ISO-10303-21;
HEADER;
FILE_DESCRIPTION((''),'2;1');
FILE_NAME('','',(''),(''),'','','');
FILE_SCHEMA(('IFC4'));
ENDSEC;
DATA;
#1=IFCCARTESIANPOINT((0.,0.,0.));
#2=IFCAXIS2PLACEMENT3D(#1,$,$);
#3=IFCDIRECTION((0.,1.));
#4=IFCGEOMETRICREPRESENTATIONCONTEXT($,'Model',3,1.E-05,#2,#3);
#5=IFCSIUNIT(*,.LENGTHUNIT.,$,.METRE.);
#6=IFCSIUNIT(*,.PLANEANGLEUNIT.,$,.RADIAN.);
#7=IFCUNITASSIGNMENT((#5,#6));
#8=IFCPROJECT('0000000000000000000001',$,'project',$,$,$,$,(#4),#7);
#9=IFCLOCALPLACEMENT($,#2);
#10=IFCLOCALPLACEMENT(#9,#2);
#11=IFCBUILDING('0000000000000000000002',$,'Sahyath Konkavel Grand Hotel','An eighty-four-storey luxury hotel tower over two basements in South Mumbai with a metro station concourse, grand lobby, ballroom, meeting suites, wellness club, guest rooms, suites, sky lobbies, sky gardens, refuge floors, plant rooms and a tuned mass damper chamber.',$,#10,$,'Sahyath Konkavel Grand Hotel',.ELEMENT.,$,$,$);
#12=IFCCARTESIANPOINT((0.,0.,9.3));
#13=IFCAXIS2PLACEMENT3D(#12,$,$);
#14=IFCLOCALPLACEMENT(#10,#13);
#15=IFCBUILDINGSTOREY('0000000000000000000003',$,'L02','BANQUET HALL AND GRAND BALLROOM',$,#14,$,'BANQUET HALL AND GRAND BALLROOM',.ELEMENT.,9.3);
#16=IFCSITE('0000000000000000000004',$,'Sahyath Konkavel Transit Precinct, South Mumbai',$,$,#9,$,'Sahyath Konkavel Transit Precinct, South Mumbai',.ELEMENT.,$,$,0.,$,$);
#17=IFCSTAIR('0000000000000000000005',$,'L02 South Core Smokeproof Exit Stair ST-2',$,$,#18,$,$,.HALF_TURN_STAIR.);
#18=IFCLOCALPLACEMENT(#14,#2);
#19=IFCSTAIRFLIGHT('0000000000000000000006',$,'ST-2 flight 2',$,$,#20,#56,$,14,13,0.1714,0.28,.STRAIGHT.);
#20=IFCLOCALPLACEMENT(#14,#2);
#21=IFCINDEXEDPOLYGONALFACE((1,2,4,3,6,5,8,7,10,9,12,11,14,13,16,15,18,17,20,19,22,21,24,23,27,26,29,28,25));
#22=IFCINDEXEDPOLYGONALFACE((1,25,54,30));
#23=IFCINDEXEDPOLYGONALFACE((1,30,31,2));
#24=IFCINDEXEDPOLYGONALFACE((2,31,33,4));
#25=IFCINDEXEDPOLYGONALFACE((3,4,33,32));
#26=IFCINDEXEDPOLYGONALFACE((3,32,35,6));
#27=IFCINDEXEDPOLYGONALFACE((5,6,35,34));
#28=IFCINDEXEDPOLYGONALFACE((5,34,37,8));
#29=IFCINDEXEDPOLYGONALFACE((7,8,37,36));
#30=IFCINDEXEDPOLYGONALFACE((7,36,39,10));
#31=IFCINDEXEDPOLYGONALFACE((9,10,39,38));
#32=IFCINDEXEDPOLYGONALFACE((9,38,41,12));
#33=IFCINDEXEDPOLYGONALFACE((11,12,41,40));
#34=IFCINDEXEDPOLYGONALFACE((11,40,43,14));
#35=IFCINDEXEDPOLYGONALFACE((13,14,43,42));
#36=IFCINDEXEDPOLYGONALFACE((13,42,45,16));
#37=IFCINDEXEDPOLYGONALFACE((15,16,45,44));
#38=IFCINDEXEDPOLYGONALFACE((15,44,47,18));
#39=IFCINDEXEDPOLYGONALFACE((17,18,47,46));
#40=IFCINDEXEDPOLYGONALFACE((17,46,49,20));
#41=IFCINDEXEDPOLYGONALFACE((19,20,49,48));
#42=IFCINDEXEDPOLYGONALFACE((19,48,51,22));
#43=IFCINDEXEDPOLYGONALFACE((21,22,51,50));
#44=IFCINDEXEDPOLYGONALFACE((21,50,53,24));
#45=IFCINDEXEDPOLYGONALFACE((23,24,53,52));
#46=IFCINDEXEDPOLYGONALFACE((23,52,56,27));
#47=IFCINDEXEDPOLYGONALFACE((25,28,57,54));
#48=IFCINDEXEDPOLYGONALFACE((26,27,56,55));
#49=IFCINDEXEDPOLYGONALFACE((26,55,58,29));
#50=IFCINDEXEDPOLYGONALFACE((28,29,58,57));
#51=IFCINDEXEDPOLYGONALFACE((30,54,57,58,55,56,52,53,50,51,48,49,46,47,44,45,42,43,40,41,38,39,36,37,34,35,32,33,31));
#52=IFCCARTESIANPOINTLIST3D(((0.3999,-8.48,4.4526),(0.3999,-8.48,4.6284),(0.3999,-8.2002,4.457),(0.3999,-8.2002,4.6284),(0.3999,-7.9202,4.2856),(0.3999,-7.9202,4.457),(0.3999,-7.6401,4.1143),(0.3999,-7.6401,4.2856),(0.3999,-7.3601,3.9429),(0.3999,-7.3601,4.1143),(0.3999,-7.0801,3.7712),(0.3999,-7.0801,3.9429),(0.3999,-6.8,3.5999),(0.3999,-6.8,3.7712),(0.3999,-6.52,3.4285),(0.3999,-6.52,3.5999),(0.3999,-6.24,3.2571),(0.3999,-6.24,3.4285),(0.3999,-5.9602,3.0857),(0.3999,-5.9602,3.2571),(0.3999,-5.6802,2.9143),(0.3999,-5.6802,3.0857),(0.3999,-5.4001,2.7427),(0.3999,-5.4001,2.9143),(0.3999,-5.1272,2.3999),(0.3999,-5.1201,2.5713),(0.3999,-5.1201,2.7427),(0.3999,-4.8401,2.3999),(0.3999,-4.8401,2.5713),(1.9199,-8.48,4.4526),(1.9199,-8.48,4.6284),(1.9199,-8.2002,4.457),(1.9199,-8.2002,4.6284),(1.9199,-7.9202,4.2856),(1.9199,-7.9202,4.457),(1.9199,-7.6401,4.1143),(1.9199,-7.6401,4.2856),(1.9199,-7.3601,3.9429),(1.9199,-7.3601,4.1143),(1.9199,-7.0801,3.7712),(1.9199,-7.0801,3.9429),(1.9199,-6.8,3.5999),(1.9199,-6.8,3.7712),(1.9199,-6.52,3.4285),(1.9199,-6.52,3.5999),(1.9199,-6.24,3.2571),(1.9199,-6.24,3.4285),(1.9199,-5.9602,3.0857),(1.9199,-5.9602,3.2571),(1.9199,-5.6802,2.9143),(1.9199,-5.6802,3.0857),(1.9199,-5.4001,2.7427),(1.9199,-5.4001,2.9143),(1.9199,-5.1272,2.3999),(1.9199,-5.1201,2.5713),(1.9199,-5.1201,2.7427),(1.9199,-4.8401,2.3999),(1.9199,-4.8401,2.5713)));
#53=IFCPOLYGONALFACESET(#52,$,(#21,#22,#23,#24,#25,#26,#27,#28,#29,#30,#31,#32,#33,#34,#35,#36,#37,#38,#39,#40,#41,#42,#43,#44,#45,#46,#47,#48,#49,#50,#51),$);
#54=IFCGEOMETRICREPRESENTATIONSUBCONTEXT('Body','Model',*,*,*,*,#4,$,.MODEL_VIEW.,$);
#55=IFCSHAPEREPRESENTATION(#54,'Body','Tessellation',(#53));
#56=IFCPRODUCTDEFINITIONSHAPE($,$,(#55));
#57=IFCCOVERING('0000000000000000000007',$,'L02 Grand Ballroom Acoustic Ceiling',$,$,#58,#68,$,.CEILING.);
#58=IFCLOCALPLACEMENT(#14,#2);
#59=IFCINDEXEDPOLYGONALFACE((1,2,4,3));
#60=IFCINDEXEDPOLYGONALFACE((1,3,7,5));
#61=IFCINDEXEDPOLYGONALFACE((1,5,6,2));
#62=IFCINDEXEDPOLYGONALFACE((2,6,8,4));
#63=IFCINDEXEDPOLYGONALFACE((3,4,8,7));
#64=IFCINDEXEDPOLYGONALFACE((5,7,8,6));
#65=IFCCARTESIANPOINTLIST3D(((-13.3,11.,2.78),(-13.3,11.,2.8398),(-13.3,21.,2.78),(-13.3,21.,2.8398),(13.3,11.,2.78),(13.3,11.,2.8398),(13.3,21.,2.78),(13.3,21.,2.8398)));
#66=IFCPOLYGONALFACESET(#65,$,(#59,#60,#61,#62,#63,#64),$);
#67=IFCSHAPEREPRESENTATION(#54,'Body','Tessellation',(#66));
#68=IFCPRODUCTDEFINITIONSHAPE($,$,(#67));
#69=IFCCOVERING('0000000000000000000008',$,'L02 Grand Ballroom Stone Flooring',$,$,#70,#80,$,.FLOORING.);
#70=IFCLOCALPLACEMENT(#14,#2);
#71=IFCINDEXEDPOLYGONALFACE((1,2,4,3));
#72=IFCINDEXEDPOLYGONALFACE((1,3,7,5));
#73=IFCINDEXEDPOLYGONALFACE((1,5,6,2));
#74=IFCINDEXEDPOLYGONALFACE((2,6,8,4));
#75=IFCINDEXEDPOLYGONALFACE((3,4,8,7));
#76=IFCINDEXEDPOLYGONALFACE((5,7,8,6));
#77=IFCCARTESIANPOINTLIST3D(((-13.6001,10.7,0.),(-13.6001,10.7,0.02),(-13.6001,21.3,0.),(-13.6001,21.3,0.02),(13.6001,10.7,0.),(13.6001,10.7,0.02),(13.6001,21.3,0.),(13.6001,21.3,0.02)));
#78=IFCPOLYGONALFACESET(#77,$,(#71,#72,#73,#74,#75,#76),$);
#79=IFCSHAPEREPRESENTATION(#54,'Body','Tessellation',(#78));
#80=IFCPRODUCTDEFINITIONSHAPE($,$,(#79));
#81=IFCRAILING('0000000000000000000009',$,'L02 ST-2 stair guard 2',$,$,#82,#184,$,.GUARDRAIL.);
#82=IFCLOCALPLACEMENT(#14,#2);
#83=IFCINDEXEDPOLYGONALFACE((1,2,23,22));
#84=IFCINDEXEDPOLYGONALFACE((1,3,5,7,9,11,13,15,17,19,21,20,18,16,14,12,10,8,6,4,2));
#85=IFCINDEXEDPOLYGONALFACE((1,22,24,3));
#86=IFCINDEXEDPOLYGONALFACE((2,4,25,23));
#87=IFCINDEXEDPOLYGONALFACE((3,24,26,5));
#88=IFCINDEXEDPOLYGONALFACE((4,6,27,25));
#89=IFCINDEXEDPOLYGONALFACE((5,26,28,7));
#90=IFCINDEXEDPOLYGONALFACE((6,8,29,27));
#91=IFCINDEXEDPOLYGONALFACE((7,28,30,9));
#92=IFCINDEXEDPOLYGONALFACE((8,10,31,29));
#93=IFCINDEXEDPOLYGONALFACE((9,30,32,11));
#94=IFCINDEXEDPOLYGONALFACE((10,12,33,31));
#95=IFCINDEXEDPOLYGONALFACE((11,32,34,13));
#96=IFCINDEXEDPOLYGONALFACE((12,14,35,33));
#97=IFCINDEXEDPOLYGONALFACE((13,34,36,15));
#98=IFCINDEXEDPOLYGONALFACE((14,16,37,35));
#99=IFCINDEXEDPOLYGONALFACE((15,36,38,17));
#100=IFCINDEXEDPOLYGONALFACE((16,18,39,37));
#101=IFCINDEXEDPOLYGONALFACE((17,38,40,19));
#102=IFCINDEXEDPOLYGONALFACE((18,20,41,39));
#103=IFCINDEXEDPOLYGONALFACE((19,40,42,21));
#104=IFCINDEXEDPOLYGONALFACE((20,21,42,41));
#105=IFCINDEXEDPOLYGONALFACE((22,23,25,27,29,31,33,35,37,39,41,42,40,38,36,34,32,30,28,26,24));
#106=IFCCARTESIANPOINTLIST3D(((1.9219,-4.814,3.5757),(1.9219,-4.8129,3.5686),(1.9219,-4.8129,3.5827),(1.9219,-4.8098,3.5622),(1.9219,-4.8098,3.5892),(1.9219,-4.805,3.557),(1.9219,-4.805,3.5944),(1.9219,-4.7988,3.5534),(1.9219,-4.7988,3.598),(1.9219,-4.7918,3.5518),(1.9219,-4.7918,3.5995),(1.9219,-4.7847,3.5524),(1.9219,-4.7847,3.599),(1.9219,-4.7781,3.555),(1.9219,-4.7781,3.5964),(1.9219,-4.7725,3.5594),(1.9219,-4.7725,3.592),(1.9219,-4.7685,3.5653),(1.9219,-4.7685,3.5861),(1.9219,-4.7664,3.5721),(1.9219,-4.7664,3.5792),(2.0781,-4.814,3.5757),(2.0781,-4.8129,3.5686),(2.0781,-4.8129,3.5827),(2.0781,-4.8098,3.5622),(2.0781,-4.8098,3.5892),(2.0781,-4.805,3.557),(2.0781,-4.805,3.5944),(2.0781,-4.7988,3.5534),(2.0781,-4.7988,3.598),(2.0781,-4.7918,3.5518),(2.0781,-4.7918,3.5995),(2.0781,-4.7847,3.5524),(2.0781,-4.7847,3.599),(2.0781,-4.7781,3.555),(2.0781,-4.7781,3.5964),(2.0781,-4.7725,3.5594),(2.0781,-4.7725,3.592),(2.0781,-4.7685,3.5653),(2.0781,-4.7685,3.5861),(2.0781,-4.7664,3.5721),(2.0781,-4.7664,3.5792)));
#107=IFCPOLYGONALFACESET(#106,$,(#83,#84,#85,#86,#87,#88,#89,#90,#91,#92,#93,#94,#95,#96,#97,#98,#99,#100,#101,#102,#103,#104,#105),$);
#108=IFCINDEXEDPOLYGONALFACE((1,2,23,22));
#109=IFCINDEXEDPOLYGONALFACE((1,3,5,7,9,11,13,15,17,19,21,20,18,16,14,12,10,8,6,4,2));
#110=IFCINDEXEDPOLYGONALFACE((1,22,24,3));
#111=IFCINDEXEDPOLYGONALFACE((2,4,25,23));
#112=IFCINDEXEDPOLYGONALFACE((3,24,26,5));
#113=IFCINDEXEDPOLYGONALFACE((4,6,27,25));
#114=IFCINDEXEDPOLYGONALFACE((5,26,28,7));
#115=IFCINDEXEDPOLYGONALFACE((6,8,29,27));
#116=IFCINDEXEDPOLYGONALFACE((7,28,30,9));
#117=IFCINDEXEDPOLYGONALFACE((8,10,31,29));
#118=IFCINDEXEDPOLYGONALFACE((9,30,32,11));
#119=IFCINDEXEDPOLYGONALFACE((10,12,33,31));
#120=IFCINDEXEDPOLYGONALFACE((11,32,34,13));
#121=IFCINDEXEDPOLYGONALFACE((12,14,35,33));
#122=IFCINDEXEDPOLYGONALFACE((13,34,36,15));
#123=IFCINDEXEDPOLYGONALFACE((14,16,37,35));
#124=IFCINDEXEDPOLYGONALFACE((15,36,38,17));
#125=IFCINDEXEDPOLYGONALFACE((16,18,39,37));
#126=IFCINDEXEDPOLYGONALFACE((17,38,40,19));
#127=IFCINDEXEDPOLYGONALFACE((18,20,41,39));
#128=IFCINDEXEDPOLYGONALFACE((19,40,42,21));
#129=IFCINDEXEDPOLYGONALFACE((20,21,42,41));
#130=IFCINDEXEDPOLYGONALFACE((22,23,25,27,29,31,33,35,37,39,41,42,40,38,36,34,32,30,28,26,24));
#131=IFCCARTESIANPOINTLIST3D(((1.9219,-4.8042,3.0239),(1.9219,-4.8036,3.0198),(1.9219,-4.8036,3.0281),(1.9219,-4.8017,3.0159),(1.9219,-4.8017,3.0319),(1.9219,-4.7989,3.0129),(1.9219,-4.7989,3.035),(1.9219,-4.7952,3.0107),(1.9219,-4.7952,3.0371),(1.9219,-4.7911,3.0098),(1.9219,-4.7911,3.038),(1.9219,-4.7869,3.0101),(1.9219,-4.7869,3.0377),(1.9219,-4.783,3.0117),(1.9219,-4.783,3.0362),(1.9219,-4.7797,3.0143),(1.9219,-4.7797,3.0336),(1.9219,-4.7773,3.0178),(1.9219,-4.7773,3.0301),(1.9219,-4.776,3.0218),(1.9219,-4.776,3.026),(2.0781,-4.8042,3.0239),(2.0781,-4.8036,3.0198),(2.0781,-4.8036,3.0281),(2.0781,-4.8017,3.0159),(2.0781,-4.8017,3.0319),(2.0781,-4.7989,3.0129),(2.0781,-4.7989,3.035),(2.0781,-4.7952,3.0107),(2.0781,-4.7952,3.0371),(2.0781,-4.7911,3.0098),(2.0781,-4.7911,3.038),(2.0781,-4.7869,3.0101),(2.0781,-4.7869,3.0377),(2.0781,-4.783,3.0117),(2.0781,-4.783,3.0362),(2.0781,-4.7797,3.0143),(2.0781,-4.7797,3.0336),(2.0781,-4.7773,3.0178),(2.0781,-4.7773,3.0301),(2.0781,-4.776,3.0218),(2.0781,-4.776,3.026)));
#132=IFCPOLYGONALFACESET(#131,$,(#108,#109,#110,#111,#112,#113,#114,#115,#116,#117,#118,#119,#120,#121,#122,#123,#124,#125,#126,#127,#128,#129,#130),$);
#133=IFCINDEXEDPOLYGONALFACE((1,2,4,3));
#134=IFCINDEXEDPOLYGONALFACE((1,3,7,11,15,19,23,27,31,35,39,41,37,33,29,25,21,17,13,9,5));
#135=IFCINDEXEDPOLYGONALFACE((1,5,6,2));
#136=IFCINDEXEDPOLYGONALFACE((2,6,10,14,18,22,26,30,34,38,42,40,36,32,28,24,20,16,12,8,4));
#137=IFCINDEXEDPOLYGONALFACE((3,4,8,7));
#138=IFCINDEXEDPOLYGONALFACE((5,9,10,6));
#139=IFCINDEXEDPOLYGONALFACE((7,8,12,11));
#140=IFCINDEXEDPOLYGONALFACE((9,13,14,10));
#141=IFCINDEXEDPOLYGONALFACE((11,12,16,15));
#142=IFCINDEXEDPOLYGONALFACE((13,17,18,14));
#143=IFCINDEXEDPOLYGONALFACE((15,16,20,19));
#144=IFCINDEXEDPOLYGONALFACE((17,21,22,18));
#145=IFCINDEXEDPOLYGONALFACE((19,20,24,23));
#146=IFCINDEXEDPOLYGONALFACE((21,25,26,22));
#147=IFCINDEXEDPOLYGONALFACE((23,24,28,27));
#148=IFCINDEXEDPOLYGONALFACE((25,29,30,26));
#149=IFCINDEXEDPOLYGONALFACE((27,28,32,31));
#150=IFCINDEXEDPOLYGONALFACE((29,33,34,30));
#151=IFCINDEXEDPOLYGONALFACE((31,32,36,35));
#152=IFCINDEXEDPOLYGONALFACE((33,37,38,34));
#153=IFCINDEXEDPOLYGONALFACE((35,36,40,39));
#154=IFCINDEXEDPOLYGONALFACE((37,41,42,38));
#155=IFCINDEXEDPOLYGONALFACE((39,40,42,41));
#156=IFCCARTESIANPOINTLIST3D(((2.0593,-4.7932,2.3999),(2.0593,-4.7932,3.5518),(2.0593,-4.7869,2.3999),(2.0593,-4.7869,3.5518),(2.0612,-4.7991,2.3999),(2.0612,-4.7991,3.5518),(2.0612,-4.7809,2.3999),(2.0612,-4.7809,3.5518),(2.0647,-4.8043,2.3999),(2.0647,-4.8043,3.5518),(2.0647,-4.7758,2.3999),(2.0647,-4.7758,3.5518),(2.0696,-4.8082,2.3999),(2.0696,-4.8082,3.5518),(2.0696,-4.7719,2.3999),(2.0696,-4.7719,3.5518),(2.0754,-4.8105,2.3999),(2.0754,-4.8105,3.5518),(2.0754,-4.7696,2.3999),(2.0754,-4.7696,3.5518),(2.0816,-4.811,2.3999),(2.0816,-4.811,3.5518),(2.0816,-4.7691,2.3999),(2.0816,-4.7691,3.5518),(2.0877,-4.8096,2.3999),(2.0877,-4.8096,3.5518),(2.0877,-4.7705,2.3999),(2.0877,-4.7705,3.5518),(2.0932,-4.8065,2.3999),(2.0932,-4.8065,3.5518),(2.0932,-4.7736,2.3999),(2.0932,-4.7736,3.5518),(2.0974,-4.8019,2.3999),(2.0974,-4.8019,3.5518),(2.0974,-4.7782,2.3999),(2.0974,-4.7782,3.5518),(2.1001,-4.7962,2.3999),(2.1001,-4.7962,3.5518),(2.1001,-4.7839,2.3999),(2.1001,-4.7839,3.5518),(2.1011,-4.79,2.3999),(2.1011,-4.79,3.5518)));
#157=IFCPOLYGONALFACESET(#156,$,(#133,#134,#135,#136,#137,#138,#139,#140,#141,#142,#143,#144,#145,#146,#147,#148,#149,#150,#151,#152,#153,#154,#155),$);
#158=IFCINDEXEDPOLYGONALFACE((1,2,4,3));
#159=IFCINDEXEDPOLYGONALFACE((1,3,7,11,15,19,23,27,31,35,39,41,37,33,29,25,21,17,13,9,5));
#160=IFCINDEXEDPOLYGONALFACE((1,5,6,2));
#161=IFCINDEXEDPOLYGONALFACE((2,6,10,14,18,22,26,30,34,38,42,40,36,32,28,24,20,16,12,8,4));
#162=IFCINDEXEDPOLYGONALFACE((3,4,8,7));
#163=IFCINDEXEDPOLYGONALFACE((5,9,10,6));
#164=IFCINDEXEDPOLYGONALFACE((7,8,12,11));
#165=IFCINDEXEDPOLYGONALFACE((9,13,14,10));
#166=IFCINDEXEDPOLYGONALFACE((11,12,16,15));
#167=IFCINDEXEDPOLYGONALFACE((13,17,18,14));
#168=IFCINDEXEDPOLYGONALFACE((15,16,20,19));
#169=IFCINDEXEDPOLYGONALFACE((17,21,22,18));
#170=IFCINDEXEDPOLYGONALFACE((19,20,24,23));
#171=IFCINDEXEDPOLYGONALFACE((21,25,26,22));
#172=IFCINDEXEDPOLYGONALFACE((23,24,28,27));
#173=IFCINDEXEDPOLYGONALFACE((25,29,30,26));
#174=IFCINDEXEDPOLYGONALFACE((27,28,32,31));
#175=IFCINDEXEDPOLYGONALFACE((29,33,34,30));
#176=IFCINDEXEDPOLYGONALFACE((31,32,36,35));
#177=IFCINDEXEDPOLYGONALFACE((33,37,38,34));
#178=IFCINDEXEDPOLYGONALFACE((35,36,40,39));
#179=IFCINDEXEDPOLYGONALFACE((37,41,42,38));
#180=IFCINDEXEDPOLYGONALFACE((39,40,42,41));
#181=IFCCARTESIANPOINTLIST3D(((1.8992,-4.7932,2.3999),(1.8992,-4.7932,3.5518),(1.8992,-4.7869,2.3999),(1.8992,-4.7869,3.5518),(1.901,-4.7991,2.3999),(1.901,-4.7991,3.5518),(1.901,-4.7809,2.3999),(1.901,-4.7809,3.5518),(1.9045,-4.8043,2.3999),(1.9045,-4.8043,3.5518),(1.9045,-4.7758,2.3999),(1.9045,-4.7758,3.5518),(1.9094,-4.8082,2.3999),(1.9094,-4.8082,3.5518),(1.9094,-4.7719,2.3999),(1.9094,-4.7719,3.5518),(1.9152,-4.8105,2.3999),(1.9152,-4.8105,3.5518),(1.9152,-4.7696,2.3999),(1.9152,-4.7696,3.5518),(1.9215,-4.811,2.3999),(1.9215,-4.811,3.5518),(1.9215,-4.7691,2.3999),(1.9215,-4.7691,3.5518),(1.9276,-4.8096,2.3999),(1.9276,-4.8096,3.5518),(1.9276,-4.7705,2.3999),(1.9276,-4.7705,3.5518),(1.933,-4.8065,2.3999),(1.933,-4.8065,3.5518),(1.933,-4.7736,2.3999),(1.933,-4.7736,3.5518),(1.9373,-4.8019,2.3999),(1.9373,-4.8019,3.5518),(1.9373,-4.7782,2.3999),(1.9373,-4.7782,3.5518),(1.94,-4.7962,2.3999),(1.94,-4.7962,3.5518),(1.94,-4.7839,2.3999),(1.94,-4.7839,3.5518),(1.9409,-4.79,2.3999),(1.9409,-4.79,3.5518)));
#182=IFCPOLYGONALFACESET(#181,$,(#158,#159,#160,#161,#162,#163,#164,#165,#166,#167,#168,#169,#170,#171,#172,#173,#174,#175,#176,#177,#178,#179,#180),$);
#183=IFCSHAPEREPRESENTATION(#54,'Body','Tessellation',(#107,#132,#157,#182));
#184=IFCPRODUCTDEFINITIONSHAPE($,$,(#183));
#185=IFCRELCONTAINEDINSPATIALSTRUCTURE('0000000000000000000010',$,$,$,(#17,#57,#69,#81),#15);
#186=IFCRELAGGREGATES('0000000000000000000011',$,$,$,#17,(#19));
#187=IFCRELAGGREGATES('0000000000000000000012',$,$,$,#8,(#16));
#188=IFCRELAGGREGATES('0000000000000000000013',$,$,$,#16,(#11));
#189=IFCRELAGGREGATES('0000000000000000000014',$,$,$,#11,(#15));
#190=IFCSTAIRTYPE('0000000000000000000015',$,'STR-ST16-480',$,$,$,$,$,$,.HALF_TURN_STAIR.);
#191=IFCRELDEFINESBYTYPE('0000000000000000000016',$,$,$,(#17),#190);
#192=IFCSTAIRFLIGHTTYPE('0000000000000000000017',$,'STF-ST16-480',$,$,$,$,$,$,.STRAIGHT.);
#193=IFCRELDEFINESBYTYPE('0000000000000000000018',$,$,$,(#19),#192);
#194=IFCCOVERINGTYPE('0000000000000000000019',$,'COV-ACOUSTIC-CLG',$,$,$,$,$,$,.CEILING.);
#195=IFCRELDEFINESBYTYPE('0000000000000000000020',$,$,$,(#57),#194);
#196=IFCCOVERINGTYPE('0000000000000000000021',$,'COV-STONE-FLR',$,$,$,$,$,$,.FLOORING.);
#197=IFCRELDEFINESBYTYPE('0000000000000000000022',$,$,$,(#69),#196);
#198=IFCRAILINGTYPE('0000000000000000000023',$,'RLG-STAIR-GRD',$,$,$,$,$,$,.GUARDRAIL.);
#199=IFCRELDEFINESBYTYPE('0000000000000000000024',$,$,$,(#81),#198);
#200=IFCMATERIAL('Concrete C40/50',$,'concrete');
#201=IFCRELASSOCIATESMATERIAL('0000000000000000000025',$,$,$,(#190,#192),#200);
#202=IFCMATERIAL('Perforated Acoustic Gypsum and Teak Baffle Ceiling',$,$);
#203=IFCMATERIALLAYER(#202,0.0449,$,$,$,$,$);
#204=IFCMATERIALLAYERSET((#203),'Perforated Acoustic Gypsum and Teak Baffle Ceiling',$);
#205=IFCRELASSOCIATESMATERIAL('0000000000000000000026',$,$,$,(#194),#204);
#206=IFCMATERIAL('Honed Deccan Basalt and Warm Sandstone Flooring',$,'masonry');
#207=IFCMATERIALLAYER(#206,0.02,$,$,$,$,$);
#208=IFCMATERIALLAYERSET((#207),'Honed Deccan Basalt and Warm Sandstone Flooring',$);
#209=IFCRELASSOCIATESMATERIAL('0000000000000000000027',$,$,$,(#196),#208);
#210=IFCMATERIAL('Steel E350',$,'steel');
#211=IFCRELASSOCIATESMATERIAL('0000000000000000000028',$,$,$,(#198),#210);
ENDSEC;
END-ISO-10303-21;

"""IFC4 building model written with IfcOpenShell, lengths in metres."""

from ifc_helpers import new_model, si_unit, direction, frame, origin, origin_2d, place, context, subcontext, project, spatial, polyline, circle, outline, extrude, material, layer, layer_set, type_object, element, aggregate, save


model = new_model("IFC4")

# Units and contexts
model_context = context("Model", 3, precision=1e-05, world=origin(), true_north=direction((0.0, 1.0)))
body_context = subcontext(model_context, "Body", "Model", "MODEL_VIEW")
ifc_project = project(units=[si_unit("LENGTHUNIT", "METRE"), si_unit("PLANEANGLEUNIT", "RADIAN")], contexts=[model_context])

# Site, building, storey
site_placement = place(None, origin())
site = spatial("IfcSite", under=ifc_project, at=site_placement, Name="Sahyath Konkavel Transit Precinct, South Mumbai", LongName="Sahyath Konkavel Transit Precinct, South Mumbai", CompositionType="ELEMENT", RefElevation=0.0)
building_placement = place(site_placement, origin())
building = spatial("IfcBuilding", under=site, at=building_placement, Name="Sahyath Konkavel Grand Hotel", Description="An eighty-four-storey luxury hotel tower over two basements in South Mumbai with a metro station concourse, grand lobby, ballroom, meeting suites, wellness club, guest rooms, suites, sky lobbies, sky gardens, refuge floors, plant rooms and a tuned mass damper chamber.", LongName="Sahyath Konkavel Grand Hotel", CompositionType="ELEMENT")
storey_placement = place(building_placement, frame((0.0, 0.0, 9.3)))
storey = spatial("IfcBuildingStorey", under=building, at=storey_placement, Name="L02", Description="BANQUET HALL AND GRAND BALLROOM", LongName="BANQUET HALL AND GRAND BALLROOM", CompositionType="ELEMENT", Elevation=9.3)

# Shared definitions
ifc_material_1 = material(Name="Steel E350", Category="steel")

# Shared definitions
ifc_material_2 = material(Name="Concrete C40/50", Category="concrete")
stair_type = type_object("IfcStairType", Name="STR-ST16-480", PredefinedType="HALF_TURN_STAIR", material=ifc_material_2)

# Stair, stair flight
stair_1_placement = place(storey_placement, origin())
stair_1 = element("IfcStair", 1, at=stair_1_placement, inside=storey, type_object=stair_type, Name="L02 South Core Smokeproof Exit Stair ST-2", PredefinedType="HALF_TURN_STAIR")
stair_flight_type = type_object("IfcStairFlightType", Name="STF-ST16-480", PredefinedType="STRAIGHT", material=ifc_material_2)
stair_flight_placement = place(storey_placement, frame((1.1599, -4.8401, 2.3999), z_axis=(0.0, 0.0, 1.0), x_axis=(0.0, -1.0, 0.0)))
stair_flight = element("IfcStairFlight", 2, at=stair_flight_placement, type_object=stair_flight_type, Name="ST-2 flight 2", NumberOfRisers=14, NumberOfTreads=13, PredefinedType="STRAIGHT", RiserHeight=0.1714, TreadLength=0.28, context=body_context, shape_type="SweptSolid", body=[
    extrude(outline(polyline([(0.0, 0.0), (0.0, 0.1714), (0.28, 0.1714), (0.28, 0.3428), (0.5601, 0.3428), (0.5601, 0.5144), (0.8401, 0.5144), (0.8401, 0.6858), (1.1201, 0.6858), (1.1201, 0.8572), (1.3999, 0.8572), (1.3999, 1.0286), (1.6799, 1.0286), (1.6799, 1.2), (1.96, 1.2), (1.96, 1.3713), (2.24, 1.3713), (2.24, 1.543), (2.52, 1.543), (2.52, 1.7144), (2.8, 1.7144), (2.8, 1.8857), (3.0801, 1.8857), (3.0801, 2.0571), (3.3601, 2.0571), (3.3601, 2.2285), (3.6399, 2.2285), (3.6399, 2.3999), (3.6399, 2.0527), (0.2871, 0.0), (0.0, 0.0)])), frame((0.0, 0.76, 0.0), z_axis=(0.0, -1.0, 0.0), x_axis=(1.0, 0.0, 0.0)), (0.0, 0.0, 1.0), 1.52),
])
aggregate(stair_1, [stair_flight])

# Coverings
ifc_material_3 = material(Name="Perforated Acoustic Gypsum and Teak Baffle Ceiling")
ifc_layer_1 = layer(ifc_material_3, 0.0449)
ifc_layer_set_1 = layer_set([ifc_layer_1], Name="Perforated Acoustic Gypsum and Teak Baffle Ceiling")
covering_type_1 = type_object("IfcCoveringType", Name="COV-ACOUSTIC-CLG", PredefinedType="CEILING", material=ifc_layer_set_1)
covering_1_placement = place(storey_placement, frame((0.0, 0.0, 2.78)))
element("IfcCovering", 3, at=covering_1_placement, inside=storey, type_object=covering_type_1, Name="L02 Grand Ballroom Acoustic Ceiling", PredefinedType="CEILING", context=body_context, shape_type="SweptSolid", body=[
    extrude(outline(polyline([(-13.3, 11.0), (13.3, 11.0), (13.3, 21.0), (-13.3, 21.0), (-13.3, 11.0)])), origin(), (0.0, 0.0, 1.0), 0.0598),
])
ifc_material_4 = material(Name="Honed Deccan Basalt and Warm Sandstone Flooring", Category="masonry")
ifc_layer_2 = layer(ifc_material_4, 0.02)
ifc_layer_set_2 = layer_set([ifc_layer_2], Name="Honed Deccan Basalt and Warm Sandstone Flooring")
covering_type_2 = type_object("IfcCoveringType", Name="COV-STONE-FLR", PredefinedType="FLOORING", material=ifc_layer_set_2)
covering_2_placement = place(storey_placement, origin())
element("IfcCovering", 4, at=covering_2_placement, inside=storey, type_object=covering_type_2, Name="L02 Grand Ballroom Stone Flooring", PredefinedType="FLOORING", context=body_context, shape_type="SweptSolid", body=[
    extrude(outline(polyline([(-13.6001, 10.7), (13.6001, 10.7), (13.6001, 21.3), (-13.6001, 21.3), (-13.6001, 10.7)])), origin(), (0.0, 0.0, 1.0), 0.02),
])

# Railing
railing_type_1 = type_object("IfcRailingType", Name="RLG-STAIR-GRD", PredefinedType="GUARDRAIL", material=ifc_material_1)
railing_1_placement = place(storey_placement, frame((2.0801, -4.79, 2.3999)))
element("IfcRailing", 5, at=railing_1_placement, inside=storey, type_object=railing_type_1, Name="L02 ST-2 stair guard 2", PredefinedType="GUARDRAIL", context=body_context, shape_type="SweptSolid", body=[
    extrude(circle(Radius=0.0239, at=origin_2d()), frame((-0.002, 0.0, 1.1758), z_axis=(-1.0, 0.0, 0.0), x_axis=(0.0, -1.0, 0.0)), (0.0, 0.0, 1.0), 0.1562),
    extrude(circle(Radius=0.0142, at=origin_2d()), frame((-0.002, 0.0, 0.624), z_axis=(-1.0, 0.0, 0.0), x_axis=(0.0, -1.0, 0.0)), (0.0, 0.0, 1.0), 0.1562),
    extrude(circle(Radius=0.021, at=origin_2d()), origin(), (0.0, 0.0, 1.0), 1.1519),
    extrude(circle(Radius=0.021, at=origin_2d()), frame((-0.1602, 0.0, 0.0)), (0.0, 0.0, 1.0), 1.1519),
])

save(model, "model.ifc")
